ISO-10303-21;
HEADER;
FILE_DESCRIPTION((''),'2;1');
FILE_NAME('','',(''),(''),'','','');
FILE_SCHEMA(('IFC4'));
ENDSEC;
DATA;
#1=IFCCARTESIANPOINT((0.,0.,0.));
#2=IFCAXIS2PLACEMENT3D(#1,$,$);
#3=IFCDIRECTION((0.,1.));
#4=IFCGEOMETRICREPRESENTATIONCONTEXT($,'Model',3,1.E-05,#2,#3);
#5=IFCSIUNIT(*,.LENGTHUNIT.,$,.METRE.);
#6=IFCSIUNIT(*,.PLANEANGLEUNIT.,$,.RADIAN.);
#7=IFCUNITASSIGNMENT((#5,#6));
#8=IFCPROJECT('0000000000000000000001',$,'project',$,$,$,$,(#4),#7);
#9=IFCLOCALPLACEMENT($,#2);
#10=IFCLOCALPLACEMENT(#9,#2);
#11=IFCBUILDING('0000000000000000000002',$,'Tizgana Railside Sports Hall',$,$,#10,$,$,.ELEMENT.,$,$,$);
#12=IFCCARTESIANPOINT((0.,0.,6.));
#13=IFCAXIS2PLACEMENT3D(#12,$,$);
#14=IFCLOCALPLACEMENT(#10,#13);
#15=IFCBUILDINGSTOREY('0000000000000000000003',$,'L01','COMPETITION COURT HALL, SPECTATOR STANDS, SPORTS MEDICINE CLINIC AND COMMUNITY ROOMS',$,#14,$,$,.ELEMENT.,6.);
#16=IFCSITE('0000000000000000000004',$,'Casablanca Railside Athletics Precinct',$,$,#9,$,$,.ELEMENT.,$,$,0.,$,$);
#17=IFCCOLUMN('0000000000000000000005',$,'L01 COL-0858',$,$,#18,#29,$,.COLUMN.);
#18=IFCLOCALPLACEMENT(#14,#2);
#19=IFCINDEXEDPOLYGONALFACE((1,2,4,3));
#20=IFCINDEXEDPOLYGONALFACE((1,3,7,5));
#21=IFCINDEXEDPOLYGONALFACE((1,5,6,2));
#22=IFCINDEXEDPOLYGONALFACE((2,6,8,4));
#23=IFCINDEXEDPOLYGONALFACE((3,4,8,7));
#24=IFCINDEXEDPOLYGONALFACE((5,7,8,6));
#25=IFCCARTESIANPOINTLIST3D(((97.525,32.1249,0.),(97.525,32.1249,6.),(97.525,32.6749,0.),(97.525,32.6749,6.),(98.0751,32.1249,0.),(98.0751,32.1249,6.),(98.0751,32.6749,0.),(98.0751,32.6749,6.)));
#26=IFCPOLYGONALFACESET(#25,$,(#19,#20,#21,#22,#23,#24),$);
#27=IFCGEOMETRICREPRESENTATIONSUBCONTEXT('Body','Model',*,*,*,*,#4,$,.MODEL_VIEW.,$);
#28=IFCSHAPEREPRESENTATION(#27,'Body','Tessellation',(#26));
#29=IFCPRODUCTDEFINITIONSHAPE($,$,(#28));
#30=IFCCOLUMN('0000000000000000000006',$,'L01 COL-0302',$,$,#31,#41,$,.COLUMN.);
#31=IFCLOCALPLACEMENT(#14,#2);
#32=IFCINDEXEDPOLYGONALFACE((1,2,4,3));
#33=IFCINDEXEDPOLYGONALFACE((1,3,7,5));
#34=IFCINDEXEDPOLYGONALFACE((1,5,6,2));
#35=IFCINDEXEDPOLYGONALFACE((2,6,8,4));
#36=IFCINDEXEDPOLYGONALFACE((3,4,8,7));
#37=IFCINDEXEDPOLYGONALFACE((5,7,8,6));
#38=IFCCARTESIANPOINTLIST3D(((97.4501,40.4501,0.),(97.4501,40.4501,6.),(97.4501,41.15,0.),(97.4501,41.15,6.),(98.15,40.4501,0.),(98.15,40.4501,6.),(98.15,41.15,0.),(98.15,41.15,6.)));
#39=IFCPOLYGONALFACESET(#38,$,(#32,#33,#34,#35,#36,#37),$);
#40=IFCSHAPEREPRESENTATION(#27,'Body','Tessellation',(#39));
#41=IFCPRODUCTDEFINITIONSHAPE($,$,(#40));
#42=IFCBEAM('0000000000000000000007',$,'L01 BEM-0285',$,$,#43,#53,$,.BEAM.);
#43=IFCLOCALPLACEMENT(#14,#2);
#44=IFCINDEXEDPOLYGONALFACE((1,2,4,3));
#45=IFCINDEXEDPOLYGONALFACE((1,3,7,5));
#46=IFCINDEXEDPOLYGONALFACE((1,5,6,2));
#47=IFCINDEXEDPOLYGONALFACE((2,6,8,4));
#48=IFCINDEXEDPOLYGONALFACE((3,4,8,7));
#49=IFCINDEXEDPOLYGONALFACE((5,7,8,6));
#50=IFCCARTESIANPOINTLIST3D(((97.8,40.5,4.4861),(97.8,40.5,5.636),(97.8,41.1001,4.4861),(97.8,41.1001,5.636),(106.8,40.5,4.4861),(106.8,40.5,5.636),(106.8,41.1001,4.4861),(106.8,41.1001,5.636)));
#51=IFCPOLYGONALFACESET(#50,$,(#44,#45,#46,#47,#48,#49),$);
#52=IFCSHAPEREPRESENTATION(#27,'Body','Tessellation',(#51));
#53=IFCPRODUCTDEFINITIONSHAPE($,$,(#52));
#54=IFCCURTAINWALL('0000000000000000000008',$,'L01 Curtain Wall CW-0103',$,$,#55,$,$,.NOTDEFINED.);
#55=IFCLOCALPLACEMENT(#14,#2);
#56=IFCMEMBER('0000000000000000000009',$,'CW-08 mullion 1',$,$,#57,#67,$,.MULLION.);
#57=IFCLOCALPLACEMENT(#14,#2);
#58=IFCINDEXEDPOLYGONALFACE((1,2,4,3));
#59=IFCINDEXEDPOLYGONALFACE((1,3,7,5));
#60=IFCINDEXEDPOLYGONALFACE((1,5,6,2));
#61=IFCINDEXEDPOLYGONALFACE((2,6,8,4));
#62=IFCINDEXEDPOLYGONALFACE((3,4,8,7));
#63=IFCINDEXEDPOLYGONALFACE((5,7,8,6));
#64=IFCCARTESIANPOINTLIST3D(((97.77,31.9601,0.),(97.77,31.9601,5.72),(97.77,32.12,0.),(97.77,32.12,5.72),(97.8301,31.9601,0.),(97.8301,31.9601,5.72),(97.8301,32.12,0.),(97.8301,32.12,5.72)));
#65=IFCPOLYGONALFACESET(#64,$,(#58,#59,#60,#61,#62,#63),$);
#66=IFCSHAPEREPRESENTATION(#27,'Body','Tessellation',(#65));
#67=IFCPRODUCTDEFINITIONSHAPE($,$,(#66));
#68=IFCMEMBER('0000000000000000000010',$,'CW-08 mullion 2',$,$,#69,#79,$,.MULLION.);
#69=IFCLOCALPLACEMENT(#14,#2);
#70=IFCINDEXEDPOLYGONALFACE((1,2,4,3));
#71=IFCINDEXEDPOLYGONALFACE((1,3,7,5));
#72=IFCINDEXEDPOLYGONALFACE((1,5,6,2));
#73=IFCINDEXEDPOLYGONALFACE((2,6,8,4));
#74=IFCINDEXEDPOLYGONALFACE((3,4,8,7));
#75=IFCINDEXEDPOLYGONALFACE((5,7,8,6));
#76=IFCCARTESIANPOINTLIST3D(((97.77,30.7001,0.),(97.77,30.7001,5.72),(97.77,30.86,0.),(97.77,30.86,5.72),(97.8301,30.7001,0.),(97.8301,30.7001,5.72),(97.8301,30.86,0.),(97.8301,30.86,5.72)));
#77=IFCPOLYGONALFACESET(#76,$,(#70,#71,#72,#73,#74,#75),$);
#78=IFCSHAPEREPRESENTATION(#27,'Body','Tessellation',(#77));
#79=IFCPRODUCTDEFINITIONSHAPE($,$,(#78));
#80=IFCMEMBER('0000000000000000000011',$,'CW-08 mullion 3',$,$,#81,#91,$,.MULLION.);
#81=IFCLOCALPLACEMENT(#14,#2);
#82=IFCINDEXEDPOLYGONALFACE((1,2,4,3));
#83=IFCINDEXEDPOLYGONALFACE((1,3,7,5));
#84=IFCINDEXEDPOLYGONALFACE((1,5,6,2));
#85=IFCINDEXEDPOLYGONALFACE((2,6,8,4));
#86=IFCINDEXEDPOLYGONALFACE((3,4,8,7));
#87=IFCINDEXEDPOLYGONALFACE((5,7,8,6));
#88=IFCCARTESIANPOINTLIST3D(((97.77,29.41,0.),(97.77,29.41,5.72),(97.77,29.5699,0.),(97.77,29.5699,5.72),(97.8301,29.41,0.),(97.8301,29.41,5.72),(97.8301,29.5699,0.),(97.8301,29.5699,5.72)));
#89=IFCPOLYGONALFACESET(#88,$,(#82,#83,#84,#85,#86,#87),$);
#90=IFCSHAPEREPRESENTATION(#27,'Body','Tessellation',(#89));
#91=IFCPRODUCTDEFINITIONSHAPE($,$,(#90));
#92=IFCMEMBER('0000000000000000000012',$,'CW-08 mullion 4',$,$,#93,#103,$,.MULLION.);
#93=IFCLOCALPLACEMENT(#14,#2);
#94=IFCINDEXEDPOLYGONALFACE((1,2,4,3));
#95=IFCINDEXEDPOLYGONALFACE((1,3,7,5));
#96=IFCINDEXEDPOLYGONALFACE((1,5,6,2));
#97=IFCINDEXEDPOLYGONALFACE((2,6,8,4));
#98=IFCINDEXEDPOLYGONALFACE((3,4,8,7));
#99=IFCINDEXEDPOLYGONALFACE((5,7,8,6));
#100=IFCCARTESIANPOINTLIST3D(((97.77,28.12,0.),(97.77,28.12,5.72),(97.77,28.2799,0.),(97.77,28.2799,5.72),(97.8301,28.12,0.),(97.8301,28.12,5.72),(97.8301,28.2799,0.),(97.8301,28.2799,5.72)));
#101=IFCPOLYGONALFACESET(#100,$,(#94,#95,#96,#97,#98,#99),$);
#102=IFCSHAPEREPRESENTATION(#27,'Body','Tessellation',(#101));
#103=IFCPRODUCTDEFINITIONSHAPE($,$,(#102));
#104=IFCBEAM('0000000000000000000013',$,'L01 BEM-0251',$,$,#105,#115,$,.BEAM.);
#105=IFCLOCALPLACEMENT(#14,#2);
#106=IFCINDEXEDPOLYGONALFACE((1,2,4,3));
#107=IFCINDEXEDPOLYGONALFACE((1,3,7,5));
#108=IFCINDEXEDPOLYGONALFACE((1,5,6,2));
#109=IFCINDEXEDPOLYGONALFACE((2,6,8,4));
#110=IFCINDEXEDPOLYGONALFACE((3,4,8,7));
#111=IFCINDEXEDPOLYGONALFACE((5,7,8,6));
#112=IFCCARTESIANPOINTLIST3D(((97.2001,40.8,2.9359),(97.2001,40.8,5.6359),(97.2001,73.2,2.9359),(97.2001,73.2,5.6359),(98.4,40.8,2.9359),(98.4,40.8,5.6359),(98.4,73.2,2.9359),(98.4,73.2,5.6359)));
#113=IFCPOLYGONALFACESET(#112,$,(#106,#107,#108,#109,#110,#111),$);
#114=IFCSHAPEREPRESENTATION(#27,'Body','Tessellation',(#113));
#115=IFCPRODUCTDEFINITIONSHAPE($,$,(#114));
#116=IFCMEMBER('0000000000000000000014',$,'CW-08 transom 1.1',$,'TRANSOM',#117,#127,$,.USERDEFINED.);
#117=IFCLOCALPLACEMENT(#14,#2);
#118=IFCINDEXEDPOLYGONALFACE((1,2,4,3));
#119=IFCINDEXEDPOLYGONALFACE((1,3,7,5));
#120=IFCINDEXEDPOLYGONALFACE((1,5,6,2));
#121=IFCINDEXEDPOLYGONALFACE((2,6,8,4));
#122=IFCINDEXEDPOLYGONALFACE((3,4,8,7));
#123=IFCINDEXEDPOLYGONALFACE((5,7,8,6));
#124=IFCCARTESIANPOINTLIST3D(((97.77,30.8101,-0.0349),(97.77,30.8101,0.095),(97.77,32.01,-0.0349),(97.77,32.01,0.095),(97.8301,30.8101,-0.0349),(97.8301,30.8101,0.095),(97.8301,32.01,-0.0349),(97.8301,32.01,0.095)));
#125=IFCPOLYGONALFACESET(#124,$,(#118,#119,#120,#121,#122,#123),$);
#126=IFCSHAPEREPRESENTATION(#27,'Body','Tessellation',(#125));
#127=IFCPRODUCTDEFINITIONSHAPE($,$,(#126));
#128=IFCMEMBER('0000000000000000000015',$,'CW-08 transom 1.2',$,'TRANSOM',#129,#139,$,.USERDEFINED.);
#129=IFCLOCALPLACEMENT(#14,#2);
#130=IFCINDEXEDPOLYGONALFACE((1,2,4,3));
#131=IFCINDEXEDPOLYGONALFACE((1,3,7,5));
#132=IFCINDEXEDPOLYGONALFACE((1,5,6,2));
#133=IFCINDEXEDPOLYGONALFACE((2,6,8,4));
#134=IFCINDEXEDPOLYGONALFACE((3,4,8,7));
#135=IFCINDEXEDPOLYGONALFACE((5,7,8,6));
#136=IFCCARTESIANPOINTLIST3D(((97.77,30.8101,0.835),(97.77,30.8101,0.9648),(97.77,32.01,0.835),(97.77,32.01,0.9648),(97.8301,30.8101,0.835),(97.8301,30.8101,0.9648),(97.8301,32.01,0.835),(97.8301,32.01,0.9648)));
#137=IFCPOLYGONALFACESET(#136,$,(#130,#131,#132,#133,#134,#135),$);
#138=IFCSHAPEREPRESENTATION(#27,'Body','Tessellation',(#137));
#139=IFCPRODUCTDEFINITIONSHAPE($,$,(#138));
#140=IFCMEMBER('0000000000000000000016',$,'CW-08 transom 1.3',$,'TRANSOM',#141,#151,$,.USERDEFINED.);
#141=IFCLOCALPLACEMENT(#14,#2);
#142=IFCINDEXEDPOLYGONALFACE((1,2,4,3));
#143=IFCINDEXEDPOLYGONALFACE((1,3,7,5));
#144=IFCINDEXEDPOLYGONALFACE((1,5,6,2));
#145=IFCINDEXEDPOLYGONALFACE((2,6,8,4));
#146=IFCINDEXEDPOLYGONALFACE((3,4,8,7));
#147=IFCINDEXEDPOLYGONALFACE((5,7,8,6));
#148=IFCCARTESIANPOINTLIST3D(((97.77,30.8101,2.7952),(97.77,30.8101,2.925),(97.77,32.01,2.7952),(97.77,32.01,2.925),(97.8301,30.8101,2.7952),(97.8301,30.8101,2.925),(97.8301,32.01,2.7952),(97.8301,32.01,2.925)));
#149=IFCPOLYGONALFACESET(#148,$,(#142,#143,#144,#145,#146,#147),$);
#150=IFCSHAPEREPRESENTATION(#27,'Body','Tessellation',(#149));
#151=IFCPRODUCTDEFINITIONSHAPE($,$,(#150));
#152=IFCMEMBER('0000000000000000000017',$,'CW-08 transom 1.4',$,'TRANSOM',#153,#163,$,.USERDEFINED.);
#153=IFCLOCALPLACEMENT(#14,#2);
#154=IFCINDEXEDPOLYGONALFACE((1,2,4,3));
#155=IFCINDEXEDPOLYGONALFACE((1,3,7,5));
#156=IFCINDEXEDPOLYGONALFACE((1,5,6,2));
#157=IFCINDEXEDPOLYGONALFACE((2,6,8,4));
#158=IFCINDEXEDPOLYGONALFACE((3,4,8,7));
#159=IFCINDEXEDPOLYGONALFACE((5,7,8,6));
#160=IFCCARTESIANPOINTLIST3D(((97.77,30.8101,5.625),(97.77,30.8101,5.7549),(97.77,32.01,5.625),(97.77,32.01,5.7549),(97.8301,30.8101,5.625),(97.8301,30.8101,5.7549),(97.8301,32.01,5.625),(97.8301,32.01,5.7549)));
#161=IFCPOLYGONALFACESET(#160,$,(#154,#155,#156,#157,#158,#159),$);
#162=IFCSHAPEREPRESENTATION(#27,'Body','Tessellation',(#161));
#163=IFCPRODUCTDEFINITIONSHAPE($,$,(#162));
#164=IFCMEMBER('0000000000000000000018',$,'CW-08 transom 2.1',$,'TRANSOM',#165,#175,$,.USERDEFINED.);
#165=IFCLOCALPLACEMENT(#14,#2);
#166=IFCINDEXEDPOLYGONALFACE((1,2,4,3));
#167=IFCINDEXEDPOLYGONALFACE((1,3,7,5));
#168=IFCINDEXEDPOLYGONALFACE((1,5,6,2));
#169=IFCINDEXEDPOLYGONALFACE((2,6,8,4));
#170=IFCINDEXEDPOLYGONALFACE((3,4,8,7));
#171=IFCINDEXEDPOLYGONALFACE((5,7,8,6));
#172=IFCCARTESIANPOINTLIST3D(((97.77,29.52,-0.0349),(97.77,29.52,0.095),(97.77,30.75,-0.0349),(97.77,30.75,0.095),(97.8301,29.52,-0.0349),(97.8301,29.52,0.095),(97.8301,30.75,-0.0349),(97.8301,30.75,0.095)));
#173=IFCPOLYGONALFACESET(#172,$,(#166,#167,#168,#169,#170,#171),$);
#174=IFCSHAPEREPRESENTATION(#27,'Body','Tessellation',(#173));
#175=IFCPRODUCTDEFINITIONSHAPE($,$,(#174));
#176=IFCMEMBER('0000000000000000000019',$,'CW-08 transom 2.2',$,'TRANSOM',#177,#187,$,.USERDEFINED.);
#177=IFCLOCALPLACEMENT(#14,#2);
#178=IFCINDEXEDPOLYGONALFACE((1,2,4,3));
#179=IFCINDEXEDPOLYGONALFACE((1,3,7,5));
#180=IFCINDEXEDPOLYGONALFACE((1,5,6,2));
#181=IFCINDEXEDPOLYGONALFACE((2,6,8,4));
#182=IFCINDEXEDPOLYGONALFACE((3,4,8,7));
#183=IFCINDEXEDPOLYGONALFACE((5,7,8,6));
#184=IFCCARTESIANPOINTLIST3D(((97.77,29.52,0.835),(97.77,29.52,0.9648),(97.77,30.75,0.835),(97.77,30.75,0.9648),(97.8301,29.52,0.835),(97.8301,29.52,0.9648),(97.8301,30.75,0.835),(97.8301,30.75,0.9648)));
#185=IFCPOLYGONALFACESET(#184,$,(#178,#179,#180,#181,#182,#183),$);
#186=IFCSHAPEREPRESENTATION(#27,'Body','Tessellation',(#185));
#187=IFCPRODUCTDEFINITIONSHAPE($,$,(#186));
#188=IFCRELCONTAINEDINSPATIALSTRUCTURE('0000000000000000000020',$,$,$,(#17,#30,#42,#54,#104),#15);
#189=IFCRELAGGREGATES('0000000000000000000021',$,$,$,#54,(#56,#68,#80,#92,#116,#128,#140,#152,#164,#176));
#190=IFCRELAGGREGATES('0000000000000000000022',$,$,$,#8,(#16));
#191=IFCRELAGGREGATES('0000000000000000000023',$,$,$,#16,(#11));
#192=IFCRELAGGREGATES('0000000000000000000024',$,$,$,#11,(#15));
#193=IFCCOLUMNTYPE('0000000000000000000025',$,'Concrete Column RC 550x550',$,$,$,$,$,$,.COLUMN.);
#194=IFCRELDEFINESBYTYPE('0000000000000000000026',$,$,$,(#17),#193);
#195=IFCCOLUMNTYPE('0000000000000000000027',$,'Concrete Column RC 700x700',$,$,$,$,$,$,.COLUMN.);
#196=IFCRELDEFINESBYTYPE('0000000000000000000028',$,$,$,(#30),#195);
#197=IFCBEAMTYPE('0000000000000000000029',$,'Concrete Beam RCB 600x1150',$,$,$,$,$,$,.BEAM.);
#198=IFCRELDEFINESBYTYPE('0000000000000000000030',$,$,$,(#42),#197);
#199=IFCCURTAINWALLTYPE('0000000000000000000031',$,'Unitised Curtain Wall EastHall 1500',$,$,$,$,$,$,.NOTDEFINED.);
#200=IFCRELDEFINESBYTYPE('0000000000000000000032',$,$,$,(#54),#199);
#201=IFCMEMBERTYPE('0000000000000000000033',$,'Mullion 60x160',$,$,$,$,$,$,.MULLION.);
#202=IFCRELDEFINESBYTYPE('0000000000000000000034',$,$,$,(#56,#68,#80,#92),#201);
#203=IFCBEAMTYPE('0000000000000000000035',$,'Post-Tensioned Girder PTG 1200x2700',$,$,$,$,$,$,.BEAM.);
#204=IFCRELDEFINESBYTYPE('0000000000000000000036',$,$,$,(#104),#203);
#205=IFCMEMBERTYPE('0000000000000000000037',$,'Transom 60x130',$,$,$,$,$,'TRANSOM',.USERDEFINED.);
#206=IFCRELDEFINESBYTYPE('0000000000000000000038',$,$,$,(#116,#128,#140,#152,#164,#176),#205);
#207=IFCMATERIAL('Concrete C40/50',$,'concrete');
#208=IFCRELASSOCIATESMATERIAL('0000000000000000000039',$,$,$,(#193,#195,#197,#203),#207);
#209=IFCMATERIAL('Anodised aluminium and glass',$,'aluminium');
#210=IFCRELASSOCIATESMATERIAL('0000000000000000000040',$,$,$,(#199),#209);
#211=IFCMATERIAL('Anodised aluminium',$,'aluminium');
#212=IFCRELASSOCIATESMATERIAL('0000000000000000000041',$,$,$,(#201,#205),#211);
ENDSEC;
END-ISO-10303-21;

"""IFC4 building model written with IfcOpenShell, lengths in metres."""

from ifc_helpers import new_model, si_unit, direction, frame, origin, origin_2d, place, context, subcontext, project, spatial, rectangle, extrude, material, material_profile, profile_set, type_object, element, aggregate, save


model = new_model("IFC4")

# Units and contexts
model_context = context("Model", 3, precision=1e-05, world=origin(), true_north=direction((0.0, 1.0)))
body_context = subcontext(model_context, "Body", "Model", "MODEL_VIEW")
ifc_project = project(units=[si_unit("LENGTHUNIT", "METRE"), si_unit("PLANEANGLEUNIT", "RADIAN")], contexts=[model_context])

# Site, building, storey
site_placement = place(None, origin())
site = spatial("IfcSite", under=ifc_project, at=site_placement, Name="Casablanca Railside Athletics Precinct", CompositionType="ELEMENT", RefElevation=0.0)
building_placement = place(site_placement, origin())
building = spatial("IfcBuilding", under=site, at=building_placement, Name="Tizgana Railside Sports Hall", CompositionType="ELEMENT")
storey_placement = place(building_placement, frame((0.0, 0.0, 6.0)))
storey = spatial("IfcBuildingStorey", under=building, at=storey_placement, Name="L01", Description="COMPETITION COURT HALL, SPECTATOR STANDS, SPORTS MEDICINE CLINIC AND COMMUNITY ROOMS", CompositionType="ELEMENT", Elevation=6.0)

# Columns
ifc_material_1 = material(Name="Concrete C40/50", Category="concrete")
ifc_material_profile_1 = material_profile(ifc_material_1, rectangle(XDim=0.55, YDim=0.55, at=origin_2d()), Name="RC 550x550")
ifc_profile_set_1 = profile_set([ifc_material_profile_1], Name="Concrete C40/50")
column_type_1 = type_object("IfcColumnType", Name="Concrete Column RC 550x550", PredefinedType="COLUMN", material=ifc_profile_set_1)
column_1_placement = place(storey_placement, frame((97.8, 32.3999, 0.0), z_axis=(0.0, 0.0, 1.0), x_axis=(1.0, 0.0, 0.0)))
element("IfcColumn", 1, at=column_1_placement, inside=storey, type_object=column_type_1, Name="L01 COL-0858", PredefinedType="COLUMN", context=body_context, shape_type="SweptSolid", body=[
    extrude(rectangle(XDim=0.55, YDim=0.55, at=origin_2d()), origin(), (0.0, 0.0, 1.0), 6.0),
])
ifc_material_profile_2 = material_profile(ifc_material_1, rectangle(XDim=0.7, YDim=0.7, at=origin_2d()), Name="RC 700x700")
ifc_profile_set_2 = profile_set([ifc_material_profile_2], Name="Concrete C40/50")
column_type_2 = type_object("IfcColumnType", Name="Concrete Column RC 700x700", PredefinedType="COLUMN", material=ifc_profile_set_2)
column_2_placement = place(storey_placement, frame((97.8, 40.8, 0.0), z_axis=(0.0, 0.0, 1.0), x_axis=(1.0, 0.0, 0.0)))
element("IfcColumn", 2, at=column_2_placement, inside=storey, type_object=column_type_2, Name="L01 COL-0302", PredefinedType="COLUMN", context=body_context, shape_type="SweptSolid", body=[
    extrude(rectangle(XDim=0.7, YDim=0.7, at=origin_2d()), origin(), (0.0, 0.0, 1.0), 6.0),
])

# Beam
ifc_material_profile_3 = material_profile(ifc_material_1, rectangle(XDim=0.6001, YDim=1.1499, at=origin_2d()), Name="RCB 600x1150")
ifc_profile_set_3 = profile_set([ifc_material_profile_3], Name="Concrete C40/50")
beam_type_1 = type_object("IfcBeamType", Name="Concrete Beam RCB 600x1150", PredefinedType="BEAM", material=ifc_profile_set_3)
beam_1_placement = place(storey_placement, frame((97.8, 40.8, 5.061), z_axis=(1.0, 0.0, 0.0), x_axis=(0.0, 1.0, 0.0)))
element("IfcBeam", 3, at=beam_1_placement, inside=storey, type_object=beam_type_1, Name="L01 BEM-0285", PredefinedType="BEAM", context=body_context, shape_type="SweptSolid", body=[
    extrude(rectangle(XDim=0.6001, YDim=1.1499, at=origin_2d()), origin(), (0.0, 0.0, 1.0), 9.0),
])

# Curtain wall, members
ifc_material_2 = material(Name="Anodised aluminium and glass", Category="aluminium")
curtain_wall_type = type_object("IfcCurtainWallType", Name="Unitised Curtain Wall EastHall 1500", PredefinedType="NOTDEFINED", material=ifc_material_2)
curtain_wall_placement = place(storey_placement, origin())
curtain_wall = element("IfcCurtainWall", 4, at=curtain_wall_placement, inside=storey, type_object=curtain_wall_type, Name="L01 Curtain Wall CW-0103", PredefinedType="NOTDEFINED")
ifc_material_3 = material(Name="Anodised aluminium", Category="aluminium")
ifc_material_profile_4 = material_profile(ifc_material_3, rectangle(XDim=0.0601, YDim=0.1599, at=origin_2d()), Name="Mullion 60x160")
ifc_profile_set_4 = profile_set([ifc_material_profile_4], Name="Anodised aluminium")
member_type_1 = type_object("IfcMemberType", Name="Mullion 60x160", PredefinedType="MULLION", material=ifc_profile_set_4)
member_1_placement = place(storey_placement, frame((97.8, 32.04, 0.0), z_axis=(0.0, 0.0, 1.0), x_axis=(1.0, 0.0, 0.0)))
member_1 = element("IfcMember", 5, at=member_1_placement, type_object=member_type_1, Name="CW-08 mullion 1", PredefinedType="MULLION", context=body_context, shape_type="SweptSolid", body=[
    extrude(rectangle(XDim=0.0601, YDim=0.1599, at=origin_2d()), origin(), (0.0, 0.0, 1.0), 5.72),
])
member_2_placement = place(storey_placement, frame((97.8, 30.78, 0.0), z_axis=(0.0, 0.0, 1.0), x_axis=(1.0, 0.0, 0.0)))
member_2 = element("IfcMember", 6, at=member_2_placement, type_object=member_type_1, Name="CW-08 mullion 2", PredefinedType="MULLION", context=body_context, shape_type="SweptSolid", body=[
    extrude(rectangle(XDim=0.0601, YDim=0.1599, at=origin_2d()), origin(), (0.0, 0.0, 1.0), 5.72),
])
member_3_placement = place(storey_placement, frame((97.8, 29.49, 0.0), z_axis=(0.0, 0.0, 1.0), x_axis=(1.0, 0.0, 0.0)))
member_3 = element("IfcMember", 7, at=member_3_placement, type_object=member_type_1, Name="CW-08 mullion 3", PredefinedType="MULLION", context=body_context, shape_type="SweptSolid", body=[
    extrude(rectangle(XDim=0.0601, YDim=0.1599, at=origin_2d()), origin(), (0.0, 0.0, 1.0), 5.72),
])
member_4_placement = place(storey_placement, frame((97.8, 28.2, 0.0), z_axis=(0.0, 0.0, 1.0), x_axis=(1.0, 0.0, 0.0)))
member_4 = element("IfcMember", 8, at=member_4_placement, type_object=member_type_1, Name="CW-08 mullion 4", PredefinedType="MULLION", context=body_context, shape_type="SweptSolid", body=[
    extrude(rectangle(XDim=0.0601, YDim=0.1599, at=origin_2d()), origin(), (0.0, 0.0, 1.0), 5.72),
])

# Beam
ifc_material_profile_5 = material_profile(ifc_material_1, rectangle(XDim=1.2, YDim=2.7, at=origin_2d()), Name="PTG 1200x2700")
ifc_profile_set_5 = profile_set([ifc_material_profile_5], Name="Concrete C40/50")
beam_type_2 = type_object("IfcBeamType", Name="Post-Tensioned Girder PTG 1200x2700", PredefinedType="BEAM", material=ifc_profile_set_5)
beam_2_placement = place(storey_placement, frame((97.8, 40.8, 4.2859), z_axis=(0.0, 1.0, 0.0), x_axis=(-1.0, 0.0, 0.0)))
element("IfcBeam", 9, at=beam_2_placement, inside=storey, type_object=beam_type_2, Name="L01 BEM-0251", PredefinedType="BEAM", context=body_context, shape_type="SweptSolid", body=[
    extrude(rectangle(XDim=1.2, YDim=2.7, at=origin_2d()), origin(), (0.0, 0.0, 1.0), 32.3999),
])

# Members
ifc_material_profile_6 = material_profile(ifc_material_3, rectangle(XDim=0.0601, YDim=0.1299, at=origin_2d()), Name="Transom 60x130")
ifc_profile_set_6 = profile_set([ifc_material_profile_6], Name="Anodised aluminium")
member_type_2 = type_object("IfcMemberType", Name="Transom 60x130", ElementType="TRANSOM", PredefinedType="USERDEFINED", material=ifc_profile_set_6)
member_5_placement = place(storey_placement, frame((97.8, 32.01, 0.03), z_axis=(0.0, -1.0, 0.0), x_axis=(1.0, 0.0, 0.0)))
member_5 = element("IfcMember", 10, at=member_5_placement, type_object=member_type_2, Name="CW-08 transom 1.1", ObjectType="TRANSOM", PredefinedType="USERDEFINED", context=body_context, shape_type="SweptSolid", body=[
    extrude(rectangle(XDim=0.0601, YDim=0.1299, at=origin_2d()), origin(), (0.0, 0.0, 1.0), 1.2),
])
member_6_placement = place(storey_placement, frame((97.8, 32.01, 0.8999), z_axis=(0.0, -1.0, 0.0), x_axis=(1.0, 0.0, 0.0)))
member_6 = element("IfcMember", 11, at=member_6_placement, type_object=member_type_2, Name="CW-08 transom 1.2", ObjectType="TRANSOM", PredefinedType="USERDEFINED", context=body_context, shape_type="SweptSolid", body=[
    extrude(rectangle(XDim=0.0601, YDim=0.1299, at=origin_2d()), origin(), (0.0, 0.0, 1.0), 1.2),
])
member_7_placement = place(storey_placement, frame((97.8, 32.01, 2.8601), z_axis=(0.0, -1.0, 0.0), x_axis=(1.0, 0.0, 0.0)))
member_7 = element("IfcMember", 12, at=member_7_placement, type_object=member_type_2, Name="CW-08 transom 1.3", ObjectType="TRANSOM", PredefinedType="USERDEFINED", context=body_context, shape_type="SweptSolid", body=[
    extrude(rectangle(XDim=0.0601, YDim=0.1299, at=origin_2d()), origin(), (0.0, 0.0, 1.0), 1.2),
])
member_8_placement = place(storey_placement, frame((97.8, 32.01, 5.6899), z_axis=(0.0, -1.0, 0.0), x_axis=(1.0, 0.0, 0.0)))
member_8 = element("IfcMember", 13, at=member_8_placement, type_object=member_type_2, Name="CW-08 transom 1.4", ObjectType="TRANSOM", PredefinedType="USERDEFINED", context=body_context, shape_type="SweptSolid", body=[
    extrude(rectangle(XDim=0.0601, YDim=0.1299, at=origin_2d()), origin(), (0.0, 0.0, 1.0), 1.2),
])
member_9_placement = place(storey_placement, frame((97.8, 30.75, 0.03), z_axis=(0.0, -1.0, 0.0), x_axis=(1.0, 0.0, 0.0)))
member_9 = element("IfcMember", 14, at=member_9_placement, type_object=member_type_2, Name="CW-08 transom 2.1", ObjectType="TRANSOM", PredefinedType="USERDEFINED", context=body_context, shape_type="SweptSolid", body=[
    extrude(rectangle(XDim=0.0601, YDim=0.1299, at=origin_2d()), origin(), (0.0, 0.0, 1.0), 1.23),
])
member_10_placement = place(storey_placement, frame((97.8, 30.75, 0.8999), z_axis=(0.0, -1.0, 0.0), x_axis=(1.0, 0.0, 0.0)))
member_10 = element("IfcMember", 15, at=member_10_placement, type_object=member_type_2, Name="CW-08 transom 2.2", ObjectType="TRANSOM", PredefinedType="USERDEFINED", context=body_context, shape_type="SweptSolid", body=[
    extrude(rectangle(XDim=0.0601, YDim=0.1299, at=origin_2d()), origin(), (0.0, 0.0, 1.0), 1.23),
])

aggregate(curtain_wall, [member_1, member_2, member_3, member_4, member_5, member_6, member_7, member_8, member_9, member_10])

save(model, "model.ifc")
